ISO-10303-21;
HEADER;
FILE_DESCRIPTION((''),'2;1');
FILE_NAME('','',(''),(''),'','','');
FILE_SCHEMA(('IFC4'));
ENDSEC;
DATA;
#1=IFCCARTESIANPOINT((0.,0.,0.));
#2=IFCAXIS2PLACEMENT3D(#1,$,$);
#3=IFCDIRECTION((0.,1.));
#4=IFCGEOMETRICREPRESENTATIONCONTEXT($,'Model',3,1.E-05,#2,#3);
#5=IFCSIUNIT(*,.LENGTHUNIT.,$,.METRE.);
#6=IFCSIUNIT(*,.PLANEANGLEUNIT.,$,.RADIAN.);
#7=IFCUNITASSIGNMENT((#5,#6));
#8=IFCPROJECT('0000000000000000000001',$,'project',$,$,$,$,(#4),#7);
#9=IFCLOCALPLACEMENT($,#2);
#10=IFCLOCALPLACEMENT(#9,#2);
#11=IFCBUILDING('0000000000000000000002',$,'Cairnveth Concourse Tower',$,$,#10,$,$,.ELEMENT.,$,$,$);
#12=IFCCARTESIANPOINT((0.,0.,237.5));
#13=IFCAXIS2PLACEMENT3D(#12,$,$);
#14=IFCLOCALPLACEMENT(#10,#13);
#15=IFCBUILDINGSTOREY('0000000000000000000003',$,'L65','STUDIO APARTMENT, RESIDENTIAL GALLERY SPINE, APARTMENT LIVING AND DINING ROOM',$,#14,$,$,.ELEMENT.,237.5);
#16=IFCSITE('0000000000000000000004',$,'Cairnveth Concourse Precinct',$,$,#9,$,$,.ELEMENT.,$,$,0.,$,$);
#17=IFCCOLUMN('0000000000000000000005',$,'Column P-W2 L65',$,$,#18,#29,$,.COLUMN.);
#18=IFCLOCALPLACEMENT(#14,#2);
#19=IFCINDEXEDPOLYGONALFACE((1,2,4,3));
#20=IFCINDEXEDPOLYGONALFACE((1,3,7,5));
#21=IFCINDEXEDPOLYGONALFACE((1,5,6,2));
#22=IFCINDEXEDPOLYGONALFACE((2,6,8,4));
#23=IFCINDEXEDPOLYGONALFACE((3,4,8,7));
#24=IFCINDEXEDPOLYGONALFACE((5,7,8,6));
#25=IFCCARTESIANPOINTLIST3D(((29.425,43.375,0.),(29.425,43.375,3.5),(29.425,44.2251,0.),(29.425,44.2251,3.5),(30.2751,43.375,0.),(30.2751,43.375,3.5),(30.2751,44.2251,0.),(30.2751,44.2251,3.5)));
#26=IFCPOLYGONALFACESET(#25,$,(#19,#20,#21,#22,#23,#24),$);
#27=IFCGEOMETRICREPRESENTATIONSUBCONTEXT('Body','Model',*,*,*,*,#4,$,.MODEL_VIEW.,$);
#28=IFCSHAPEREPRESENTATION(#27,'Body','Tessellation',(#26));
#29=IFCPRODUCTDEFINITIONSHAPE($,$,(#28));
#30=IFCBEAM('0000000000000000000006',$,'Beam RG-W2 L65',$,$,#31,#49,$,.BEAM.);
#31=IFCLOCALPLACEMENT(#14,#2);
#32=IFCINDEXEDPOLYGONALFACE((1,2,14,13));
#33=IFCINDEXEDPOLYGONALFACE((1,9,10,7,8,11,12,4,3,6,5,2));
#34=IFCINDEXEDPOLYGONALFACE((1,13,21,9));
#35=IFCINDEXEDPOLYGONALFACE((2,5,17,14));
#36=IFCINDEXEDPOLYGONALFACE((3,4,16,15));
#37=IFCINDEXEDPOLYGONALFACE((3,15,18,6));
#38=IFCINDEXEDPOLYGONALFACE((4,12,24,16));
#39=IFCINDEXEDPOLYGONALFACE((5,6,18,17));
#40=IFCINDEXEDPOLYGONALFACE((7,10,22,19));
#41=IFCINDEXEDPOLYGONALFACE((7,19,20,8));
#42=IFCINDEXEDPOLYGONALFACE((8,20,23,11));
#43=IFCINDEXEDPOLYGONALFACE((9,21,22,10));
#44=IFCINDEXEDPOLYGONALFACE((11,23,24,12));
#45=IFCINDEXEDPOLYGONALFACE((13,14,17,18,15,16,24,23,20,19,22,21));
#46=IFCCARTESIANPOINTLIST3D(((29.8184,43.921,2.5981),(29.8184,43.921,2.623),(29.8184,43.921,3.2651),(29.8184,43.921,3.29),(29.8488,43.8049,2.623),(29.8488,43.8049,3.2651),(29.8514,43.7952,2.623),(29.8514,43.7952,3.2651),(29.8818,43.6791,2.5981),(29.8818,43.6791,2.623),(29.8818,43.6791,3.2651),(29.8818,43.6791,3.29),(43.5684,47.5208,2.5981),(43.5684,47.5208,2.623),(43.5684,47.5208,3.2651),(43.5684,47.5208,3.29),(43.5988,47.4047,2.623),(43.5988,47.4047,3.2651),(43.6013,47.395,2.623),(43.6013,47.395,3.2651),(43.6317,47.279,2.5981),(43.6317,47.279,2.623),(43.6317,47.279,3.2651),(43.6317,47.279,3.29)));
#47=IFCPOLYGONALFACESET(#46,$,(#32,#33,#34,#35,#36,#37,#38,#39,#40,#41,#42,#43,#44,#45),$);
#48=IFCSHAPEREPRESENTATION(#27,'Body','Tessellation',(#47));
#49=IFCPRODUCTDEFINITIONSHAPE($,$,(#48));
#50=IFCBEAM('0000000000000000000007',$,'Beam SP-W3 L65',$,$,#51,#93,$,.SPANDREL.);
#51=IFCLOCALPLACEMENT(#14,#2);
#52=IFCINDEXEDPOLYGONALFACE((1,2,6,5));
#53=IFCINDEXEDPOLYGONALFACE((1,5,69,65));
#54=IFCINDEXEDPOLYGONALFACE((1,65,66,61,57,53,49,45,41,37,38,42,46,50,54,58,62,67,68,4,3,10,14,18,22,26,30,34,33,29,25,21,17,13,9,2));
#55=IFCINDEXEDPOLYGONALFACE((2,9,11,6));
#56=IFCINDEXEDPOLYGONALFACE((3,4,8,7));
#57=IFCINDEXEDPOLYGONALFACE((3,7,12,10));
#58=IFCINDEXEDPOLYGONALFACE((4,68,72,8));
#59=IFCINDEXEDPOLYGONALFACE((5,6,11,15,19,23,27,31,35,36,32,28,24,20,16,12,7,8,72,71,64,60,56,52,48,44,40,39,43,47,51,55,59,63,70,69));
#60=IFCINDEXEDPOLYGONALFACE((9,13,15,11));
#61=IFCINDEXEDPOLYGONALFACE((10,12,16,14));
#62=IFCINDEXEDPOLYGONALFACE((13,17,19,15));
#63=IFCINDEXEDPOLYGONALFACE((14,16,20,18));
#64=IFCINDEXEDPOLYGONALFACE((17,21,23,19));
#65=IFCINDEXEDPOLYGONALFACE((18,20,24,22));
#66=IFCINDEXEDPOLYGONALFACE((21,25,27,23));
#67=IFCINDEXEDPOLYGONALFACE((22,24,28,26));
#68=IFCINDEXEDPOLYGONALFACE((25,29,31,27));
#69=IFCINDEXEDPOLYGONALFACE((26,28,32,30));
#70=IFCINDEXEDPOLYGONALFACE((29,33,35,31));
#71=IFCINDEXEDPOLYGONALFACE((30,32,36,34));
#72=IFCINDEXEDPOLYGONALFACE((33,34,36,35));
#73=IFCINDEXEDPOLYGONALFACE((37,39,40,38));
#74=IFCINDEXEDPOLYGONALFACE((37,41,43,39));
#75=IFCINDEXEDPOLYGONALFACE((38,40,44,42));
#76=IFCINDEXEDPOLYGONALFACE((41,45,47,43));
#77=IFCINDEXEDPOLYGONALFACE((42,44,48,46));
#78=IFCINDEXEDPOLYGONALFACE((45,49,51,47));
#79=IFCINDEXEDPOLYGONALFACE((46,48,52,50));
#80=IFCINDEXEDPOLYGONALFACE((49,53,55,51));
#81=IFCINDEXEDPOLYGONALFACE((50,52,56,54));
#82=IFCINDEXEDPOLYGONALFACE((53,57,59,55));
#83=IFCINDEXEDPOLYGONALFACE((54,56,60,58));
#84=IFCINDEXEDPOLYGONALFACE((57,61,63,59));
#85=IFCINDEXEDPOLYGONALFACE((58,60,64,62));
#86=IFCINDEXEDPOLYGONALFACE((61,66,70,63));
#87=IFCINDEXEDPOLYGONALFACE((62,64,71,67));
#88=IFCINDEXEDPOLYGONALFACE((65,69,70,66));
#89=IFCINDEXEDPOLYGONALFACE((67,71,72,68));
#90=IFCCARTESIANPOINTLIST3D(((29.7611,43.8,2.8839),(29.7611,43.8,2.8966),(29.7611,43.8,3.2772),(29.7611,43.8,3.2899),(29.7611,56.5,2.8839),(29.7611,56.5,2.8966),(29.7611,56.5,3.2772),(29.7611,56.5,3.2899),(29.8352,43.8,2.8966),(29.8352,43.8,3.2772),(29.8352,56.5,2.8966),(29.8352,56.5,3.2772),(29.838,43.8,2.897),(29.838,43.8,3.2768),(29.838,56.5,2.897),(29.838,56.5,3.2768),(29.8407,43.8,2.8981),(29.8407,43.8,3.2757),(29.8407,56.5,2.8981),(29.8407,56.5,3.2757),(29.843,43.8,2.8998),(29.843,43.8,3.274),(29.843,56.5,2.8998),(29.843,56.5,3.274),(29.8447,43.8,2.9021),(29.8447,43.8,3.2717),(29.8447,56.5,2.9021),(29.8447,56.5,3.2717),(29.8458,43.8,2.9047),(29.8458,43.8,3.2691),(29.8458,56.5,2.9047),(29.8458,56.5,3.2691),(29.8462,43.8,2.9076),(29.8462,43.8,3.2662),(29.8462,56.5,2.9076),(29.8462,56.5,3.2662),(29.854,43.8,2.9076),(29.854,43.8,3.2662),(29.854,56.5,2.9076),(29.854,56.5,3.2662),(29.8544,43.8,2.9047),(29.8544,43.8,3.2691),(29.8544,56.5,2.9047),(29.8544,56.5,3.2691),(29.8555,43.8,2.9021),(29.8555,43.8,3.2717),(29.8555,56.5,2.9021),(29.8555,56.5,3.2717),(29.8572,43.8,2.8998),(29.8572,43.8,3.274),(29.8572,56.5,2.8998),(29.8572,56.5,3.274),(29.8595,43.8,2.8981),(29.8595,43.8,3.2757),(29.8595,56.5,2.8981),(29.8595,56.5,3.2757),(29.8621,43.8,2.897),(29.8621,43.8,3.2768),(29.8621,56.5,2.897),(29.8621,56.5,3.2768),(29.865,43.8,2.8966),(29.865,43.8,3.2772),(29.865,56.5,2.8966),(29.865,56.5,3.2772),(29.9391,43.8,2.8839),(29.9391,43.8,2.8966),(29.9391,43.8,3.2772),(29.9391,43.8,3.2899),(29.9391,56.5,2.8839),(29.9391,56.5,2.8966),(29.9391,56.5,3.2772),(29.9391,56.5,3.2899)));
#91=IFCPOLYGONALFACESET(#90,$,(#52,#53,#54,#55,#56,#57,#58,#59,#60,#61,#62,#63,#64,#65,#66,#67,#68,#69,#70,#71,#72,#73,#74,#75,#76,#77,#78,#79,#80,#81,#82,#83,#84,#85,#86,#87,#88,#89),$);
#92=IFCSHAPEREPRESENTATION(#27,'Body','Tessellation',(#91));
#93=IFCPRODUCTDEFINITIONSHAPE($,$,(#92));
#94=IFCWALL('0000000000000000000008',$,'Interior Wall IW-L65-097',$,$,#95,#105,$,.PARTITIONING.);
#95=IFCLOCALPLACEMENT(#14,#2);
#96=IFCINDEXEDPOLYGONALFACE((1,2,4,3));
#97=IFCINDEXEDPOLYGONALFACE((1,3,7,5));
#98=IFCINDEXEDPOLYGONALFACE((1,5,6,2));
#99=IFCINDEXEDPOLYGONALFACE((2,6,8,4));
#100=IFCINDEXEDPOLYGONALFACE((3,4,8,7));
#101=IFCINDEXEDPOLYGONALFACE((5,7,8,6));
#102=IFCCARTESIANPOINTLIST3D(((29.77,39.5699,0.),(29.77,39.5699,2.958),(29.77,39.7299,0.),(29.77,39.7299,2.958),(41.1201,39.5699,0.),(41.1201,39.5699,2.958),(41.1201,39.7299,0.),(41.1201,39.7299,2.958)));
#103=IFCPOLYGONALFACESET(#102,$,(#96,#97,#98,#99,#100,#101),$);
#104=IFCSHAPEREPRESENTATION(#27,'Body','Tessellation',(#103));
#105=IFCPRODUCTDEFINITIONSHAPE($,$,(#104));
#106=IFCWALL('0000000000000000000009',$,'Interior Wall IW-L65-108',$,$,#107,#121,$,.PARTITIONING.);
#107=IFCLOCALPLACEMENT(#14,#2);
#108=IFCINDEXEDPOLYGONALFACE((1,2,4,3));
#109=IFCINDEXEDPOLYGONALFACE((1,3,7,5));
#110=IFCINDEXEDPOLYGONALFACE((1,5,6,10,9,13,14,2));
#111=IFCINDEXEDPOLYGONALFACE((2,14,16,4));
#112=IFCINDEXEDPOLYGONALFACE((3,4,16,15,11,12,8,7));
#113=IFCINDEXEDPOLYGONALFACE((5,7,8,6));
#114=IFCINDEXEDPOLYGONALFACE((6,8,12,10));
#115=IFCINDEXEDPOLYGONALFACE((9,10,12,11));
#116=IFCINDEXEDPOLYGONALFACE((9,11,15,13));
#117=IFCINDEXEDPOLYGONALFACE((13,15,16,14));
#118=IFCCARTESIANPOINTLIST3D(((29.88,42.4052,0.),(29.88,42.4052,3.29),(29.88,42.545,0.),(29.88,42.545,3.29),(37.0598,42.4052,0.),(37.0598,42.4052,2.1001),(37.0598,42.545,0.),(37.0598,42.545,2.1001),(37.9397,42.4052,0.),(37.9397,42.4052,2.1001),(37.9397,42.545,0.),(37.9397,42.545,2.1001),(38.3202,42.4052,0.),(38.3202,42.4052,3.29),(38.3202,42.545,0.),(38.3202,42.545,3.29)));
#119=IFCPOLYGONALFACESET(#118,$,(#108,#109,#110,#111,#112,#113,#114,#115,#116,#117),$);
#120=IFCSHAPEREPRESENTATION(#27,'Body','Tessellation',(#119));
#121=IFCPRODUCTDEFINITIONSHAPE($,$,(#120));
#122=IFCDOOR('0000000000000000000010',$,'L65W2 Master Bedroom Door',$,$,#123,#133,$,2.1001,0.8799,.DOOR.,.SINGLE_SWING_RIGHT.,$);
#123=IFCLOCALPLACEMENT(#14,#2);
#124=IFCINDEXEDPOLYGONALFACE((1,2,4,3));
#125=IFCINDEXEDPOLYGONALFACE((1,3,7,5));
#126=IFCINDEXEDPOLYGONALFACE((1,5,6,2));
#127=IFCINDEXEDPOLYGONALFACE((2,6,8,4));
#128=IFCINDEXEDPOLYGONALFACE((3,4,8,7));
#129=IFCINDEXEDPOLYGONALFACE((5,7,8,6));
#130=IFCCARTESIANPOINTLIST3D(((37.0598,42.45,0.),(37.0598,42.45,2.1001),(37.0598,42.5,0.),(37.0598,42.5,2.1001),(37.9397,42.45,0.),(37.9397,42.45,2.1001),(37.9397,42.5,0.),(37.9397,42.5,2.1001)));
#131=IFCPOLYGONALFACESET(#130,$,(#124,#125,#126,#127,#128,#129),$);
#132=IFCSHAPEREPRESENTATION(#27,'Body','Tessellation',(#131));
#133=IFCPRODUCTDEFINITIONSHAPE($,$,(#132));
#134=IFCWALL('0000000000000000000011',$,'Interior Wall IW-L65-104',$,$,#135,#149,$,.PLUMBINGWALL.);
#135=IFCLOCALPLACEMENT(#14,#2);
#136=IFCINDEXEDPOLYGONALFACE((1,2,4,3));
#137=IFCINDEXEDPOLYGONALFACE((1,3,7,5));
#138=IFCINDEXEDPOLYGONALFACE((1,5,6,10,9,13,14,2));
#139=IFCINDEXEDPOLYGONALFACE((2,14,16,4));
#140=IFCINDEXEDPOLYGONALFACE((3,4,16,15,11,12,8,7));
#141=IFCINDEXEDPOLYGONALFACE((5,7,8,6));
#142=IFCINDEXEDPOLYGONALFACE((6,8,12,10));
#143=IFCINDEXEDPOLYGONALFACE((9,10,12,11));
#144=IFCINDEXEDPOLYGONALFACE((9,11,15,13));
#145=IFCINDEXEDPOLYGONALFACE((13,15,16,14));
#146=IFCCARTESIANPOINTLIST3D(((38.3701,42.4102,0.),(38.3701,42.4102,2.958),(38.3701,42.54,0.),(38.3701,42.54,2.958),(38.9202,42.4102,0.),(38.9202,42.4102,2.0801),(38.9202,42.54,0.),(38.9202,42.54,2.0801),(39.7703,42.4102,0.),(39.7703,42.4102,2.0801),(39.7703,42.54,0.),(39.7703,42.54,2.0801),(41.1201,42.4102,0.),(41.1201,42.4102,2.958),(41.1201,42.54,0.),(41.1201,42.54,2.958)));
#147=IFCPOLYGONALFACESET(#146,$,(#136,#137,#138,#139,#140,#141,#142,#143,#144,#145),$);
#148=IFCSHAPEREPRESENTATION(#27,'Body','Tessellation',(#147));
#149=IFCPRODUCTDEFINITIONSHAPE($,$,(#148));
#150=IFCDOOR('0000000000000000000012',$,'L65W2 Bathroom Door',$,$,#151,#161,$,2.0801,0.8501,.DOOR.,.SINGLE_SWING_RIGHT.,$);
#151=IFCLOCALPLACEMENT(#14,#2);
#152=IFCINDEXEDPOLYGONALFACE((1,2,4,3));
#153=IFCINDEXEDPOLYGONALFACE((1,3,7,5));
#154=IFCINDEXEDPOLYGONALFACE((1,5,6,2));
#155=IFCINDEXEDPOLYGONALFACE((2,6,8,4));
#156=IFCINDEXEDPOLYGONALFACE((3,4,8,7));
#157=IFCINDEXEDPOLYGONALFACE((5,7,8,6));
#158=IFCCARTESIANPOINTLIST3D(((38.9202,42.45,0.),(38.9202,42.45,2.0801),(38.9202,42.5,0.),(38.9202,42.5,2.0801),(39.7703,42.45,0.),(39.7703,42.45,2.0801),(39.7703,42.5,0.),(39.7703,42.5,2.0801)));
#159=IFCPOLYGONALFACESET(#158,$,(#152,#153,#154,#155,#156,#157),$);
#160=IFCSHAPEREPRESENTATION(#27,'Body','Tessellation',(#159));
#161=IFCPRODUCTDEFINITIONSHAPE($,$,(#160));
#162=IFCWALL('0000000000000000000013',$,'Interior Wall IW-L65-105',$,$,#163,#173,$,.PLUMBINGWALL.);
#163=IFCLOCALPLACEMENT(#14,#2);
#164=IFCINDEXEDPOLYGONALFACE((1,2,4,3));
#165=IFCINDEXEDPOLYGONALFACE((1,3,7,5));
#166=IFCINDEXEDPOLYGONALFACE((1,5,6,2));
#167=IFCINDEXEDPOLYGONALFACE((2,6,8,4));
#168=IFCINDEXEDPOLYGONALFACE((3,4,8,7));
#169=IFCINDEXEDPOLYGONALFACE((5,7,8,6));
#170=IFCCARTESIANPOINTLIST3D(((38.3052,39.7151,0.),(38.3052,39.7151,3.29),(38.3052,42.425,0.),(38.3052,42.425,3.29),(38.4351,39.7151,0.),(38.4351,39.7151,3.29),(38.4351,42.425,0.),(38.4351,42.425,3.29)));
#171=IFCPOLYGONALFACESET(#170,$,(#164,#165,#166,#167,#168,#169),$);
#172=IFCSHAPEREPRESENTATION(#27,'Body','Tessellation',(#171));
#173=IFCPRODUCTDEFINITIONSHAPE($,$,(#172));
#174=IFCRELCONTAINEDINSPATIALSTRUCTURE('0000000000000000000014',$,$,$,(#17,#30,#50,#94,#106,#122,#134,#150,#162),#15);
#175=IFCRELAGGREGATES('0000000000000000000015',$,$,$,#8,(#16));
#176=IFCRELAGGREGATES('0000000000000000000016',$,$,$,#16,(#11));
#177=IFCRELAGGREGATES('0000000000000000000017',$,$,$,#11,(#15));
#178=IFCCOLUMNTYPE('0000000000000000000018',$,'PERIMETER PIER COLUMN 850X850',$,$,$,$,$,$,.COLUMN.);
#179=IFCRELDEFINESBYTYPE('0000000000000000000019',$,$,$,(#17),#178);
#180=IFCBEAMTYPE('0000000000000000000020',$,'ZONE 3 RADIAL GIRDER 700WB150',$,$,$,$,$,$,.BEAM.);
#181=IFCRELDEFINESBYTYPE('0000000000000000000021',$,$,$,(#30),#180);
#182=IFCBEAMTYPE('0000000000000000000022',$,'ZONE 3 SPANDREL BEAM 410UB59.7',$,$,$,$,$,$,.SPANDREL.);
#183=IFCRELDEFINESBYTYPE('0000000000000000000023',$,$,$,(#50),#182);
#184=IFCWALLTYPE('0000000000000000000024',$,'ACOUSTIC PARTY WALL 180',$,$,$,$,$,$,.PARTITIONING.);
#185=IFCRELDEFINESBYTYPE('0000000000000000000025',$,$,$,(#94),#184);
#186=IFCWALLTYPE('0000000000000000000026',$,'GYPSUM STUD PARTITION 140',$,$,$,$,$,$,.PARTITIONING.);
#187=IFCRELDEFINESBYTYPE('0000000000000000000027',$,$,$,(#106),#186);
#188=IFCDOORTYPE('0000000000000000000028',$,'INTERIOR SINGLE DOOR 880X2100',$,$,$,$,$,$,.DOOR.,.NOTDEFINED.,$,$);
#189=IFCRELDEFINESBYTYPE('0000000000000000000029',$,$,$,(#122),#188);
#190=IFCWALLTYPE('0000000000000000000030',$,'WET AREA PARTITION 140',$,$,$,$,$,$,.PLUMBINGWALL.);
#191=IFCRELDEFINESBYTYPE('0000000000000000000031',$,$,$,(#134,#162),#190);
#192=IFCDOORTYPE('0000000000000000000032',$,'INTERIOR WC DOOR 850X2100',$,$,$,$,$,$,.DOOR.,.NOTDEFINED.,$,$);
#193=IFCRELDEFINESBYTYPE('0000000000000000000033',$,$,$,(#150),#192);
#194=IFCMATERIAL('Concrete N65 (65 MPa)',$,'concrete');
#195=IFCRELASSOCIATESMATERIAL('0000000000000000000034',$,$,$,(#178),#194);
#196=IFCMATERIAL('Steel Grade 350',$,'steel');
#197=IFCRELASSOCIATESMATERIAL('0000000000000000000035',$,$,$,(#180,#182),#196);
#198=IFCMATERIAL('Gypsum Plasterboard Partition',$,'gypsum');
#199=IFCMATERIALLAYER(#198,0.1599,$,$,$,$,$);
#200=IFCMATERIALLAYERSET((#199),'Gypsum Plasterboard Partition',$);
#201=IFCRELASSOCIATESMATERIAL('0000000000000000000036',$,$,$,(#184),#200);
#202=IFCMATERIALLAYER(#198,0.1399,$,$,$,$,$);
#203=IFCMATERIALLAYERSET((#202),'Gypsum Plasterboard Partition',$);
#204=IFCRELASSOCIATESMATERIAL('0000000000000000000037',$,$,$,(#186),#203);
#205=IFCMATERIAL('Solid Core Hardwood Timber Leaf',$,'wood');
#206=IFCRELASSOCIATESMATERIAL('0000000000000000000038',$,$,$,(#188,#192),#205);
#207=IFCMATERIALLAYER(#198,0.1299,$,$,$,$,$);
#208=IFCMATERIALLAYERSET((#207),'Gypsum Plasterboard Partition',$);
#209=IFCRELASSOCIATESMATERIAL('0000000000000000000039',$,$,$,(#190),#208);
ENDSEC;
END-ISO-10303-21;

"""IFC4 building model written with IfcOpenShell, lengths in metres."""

from ifc_helpers import new_model, si_unit, direction, frame, frame_2d, origin, origin_2d, place, context, subcontext, project, spatial, rectangle, i_section, extrude, material, layer, layer_set, material_profile, profile_set, type_object, element, fill, save


model = new_model("IFC4")

# Units and contexts
model_context = context("Model", 3, precision=1e-05, world=origin(), true_north=direction((0.0, 1.0)))
body_context = subcontext(model_context, "Body", "Model", "MODEL_VIEW")
ifc_project = project(units=[si_unit("LENGTHUNIT", "METRE"), si_unit("PLANEANGLEUNIT", "RADIAN")], contexts=[model_context])

# Site, building, storey
site_placement = place(None, origin())
site = spatial("IfcSite", under=ifc_project, at=site_placement, Name="Cairnveth Concourse Precinct", CompositionType="ELEMENT", RefElevation=0.0)
building_placement = place(site_placement, origin())
building = spatial("IfcBuilding", under=site, at=building_placement, Name="Cairnveth Concourse Tower", CompositionType="ELEMENT")
storey_placement = place(building_placement, frame((0.0, 0.0, 237.5)))
storey = spatial("IfcBuildingStorey", under=building, at=storey_placement, Name="L65", Description="STUDIO APARTMENT, RESIDENTIAL GALLERY SPINE, APARTMENT LIVING AND DINING ROOM", CompositionType="ELEMENT", Elevation=237.5)

# Column
ifc_material_1 = material(Name="Concrete N65 (65 MPa)", Category="concrete")
ifc_material_profile_1 = material_profile(ifc_material_1, rectangle(XDim=0.8501, YDim=0.8501, at=origin_2d()), Name="RC-COL-850x850")
ifc_profile_set_1 = profile_set([ifc_material_profile_1], Name="Concrete N65 (65 MPa)")
column_type = type_object("IfcColumnType", Name="PERIMETER PIER COLUMN 850X850", PredefinedType="COLUMN", material=ifc_profile_set_1)
column_placement = place(storey_placement, frame((29.8501, 43.8, 0.0), z_axis=(0.0, 0.0, 1.0), x_axis=(0.0, 1.0, 0.0)))
element("IfcColumn", 1, at=column_placement, inside=storey, type_object=column_type, Name="Column P-W2 L65", PredefinedType="COLUMN", context=body_context, shape_type="SweptSolid", body=[
    extrude(rectangle(XDim=0.8501, YDim=0.8501, at=origin_2d()), origin(), (0.0, 0.0, 1.0), 3.5),
])

# Beams
ifc_material_2 = material(Name="Steel Grade 350", Category="steel")
ifc_material_profile_2 = material_profile(ifc_material_2, i_section(OverallWidth=0.25, OverallDepth=0.6919, WebThickness=0.01, FlangeThickness=0.0249, at=origin_2d()), Name="700WB150")
ifc_profile_set_2 = profile_set([ifc_material_profile_2], Name="Steel Grade 350")
beam_type_1 = type_object("IfcBeamType", Name="ZONE 3 RADIAL GIRDER 700WB150", PredefinedType="BEAM", material=ifc_profile_set_2)
beam_1_placement = place(storey_placement, frame((29.8501, 43.8, 2.9441), z_axis=(0.967395, 0.253271, 0.0), x_axis=(-0.253271, 0.967395, 0.0)))
element("IfcBeam", 2, at=beam_1_placement, inside=storey, type_object=beam_type_1, Name="Beam RG-W2 L65", PredefinedType="BEAM", context=body_context, shape_type="SweptSolid", body=[
    extrude(i_section(OverallWidth=0.25, OverallDepth=0.6919, WebThickness=0.01, FlangeThickness=0.0249, at=origin_2d()), origin(), (0.0, 0.0, 1.0), 14.2134),
])
ifc_material_profile_3 = material_profile(ifc_material_2, i_section(OverallWidth=0.178, OverallDepth=0.406, WebThickness=0.0078, FlangeThickness=0.0127, FilletRadius=0.011, at=origin_2d()), Name="410UB59.7")
ifc_profile_set_3 = profile_set([ifc_material_profile_3], Name="Steel Grade 350")
beam_type_2 = type_object("IfcBeamType", Name="ZONE 3 SPANDREL BEAM 410UB59.7", PredefinedType="SPANDREL", material=ifc_profile_set_3)
beam_2_placement = place(storey_placement, frame((29.8501, 43.8, 3.0869), z_axis=(0.0, 1.0, 0.0), x_axis=(-1.0, 0.0, 0.0)))
element("IfcBeam", 3, at=beam_2_placement, inside=storey, type_object=beam_type_2, Name="Beam SP-W3 L65", PredefinedType="SPANDREL", context=body_context, shape_type="SweptSolid", body=[
    extrude(i_section(OverallWidth=0.178, OverallDepth=0.406, WebThickness=0.0078, FlangeThickness=0.0127, FilletRadius=0.011, at=origin_2d()), origin(), (0.0, 0.0, 1.0), 12.7),
])

# Wall
ifc_material_3 = material(Name="Gypsum Plasterboard Partition", Category="gypsum")
ifc_layer_1 = layer(ifc_material_3, 0.1599)
ifc_layer_set_1 = layer_set([ifc_layer_1], Name="Gypsum Plasterboard Partition")
wall_type_1 = type_object("IfcWallType", Name="ACOUSTIC PARTY WALL 180", PredefinedType="PARTITIONING", material=ifc_layer_set_1)
wall_1_placement = place(storey_placement, frame((29.77, 39.6499, 0.0), z_axis=(0.0, 0.0, 1.0), x_axis=(1.0, 0.0, 0.0)))
element("IfcWall", 4, at=wall_1_placement, inside=storey, type_object=wall_type_1, Name="Interior Wall IW-L65-097", PredefinedType="PARTITIONING", context=body_context, shape_type="SweptSolid", body=[
    extrude(rectangle(XDim=11.3501, YDim=0.1599, at=frame_2d((5.675, 0.0))), origin(), (0.0, 0.0, 1.0), 2.958),
])

# Walls, openings, doors
ifc_layer_2 = layer(ifc_material_3, 0.1399)
ifc_layer_set_2 = layer_set([ifc_layer_2], Name="Gypsum Plasterboard Partition")
wall_type_2 = type_object("IfcWallType", Name="GYPSUM STUD PARTITION 140", PredefinedType="PARTITIONING", material=ifc_layer_set_2)
wall_2_placement = place(storey_placement, frame((29.8799, 42.4751, 0.0), z_axis=(0.0, 0.0, 1.0), x_axis=(1.0, 0.0, 0.0)))
wall_2 = element("IfcWall", 5, at=wall_2_placement, inside=storey, type_object=wall_type_2, Name="Interior Wall IW-L65-108", PredefinedType="PARTITIONING", context=body_context, shape_type="SweptSolid", body=[
    extrude(rectangle(XDim=8.4402, YDim=0.1399, at=frame_2d((4.2202, 0.0))), origin(), (0.0, 0.0, 1.0), 3.29),
])
opening_1_placement = place(wall_2_placement, frame((7.1799, 0.0, 0.0)))
opening_1 = element("IfcOpeningElement", 6, at=opening_1_placement, cuts=wall_2, PredefinedType="OPENING", context=body_context, shape_type="SweptSolid", body=[
    extrude(rectangle(XDim=0.8799, YDim=2.1001, at=frame_2d((0.4399, 1.05))), frame((0.0, 0.0798, 0.0), z_axis=(0.0, -1.0, 0.0), x_axis=(1.0, 0.0, 0.0)), (0.0, 0.0, 1.0), 0.1599),
])
ifc_material_4 = material(Name="Solid Core Hardwood Timber Leaf", Category="wood")
door_type_1 = type_object("IfcDoorType", Name="INTERIOR SINGLE DOOR 880X2100", OperationType="NOTDEFINED", PredefinedType="DOOR", material=ifc_material_4)
door_1_placement = place(opening_1_placement, origin())
door_1 = element("IfcDoor", 7, at=door_1_placement, inside=storey, type_object=door_type_1, Name="L65W2 Master Bedroom Door", OperationType="SINGLE_SWING_RIGHT", OverallHeight=2.1001, OverallWidth=0.8799, PredefinedType="DOOR", context=body_context, shape_type="SweptSolid", body=[
    extrude(rectangle(XDim=0.8799, YDim=2.1001, at=frame_2d((0.4399, 1.05))), frame((0.0, 0.0249, 0.0), z_axis=(0.0, -1.0, 0.0), x_axis=(1.0, 0.0, 0.0)), (0.0, 0.0, 1.0), 0.05),
])
fill(opening_1, door_1)
ifc_layer_3 = layer(ifc_material_3, 0.1299)
ifc_layer_set_3 = layer_set([ifc_layer_3], Name="Gypsum Plasterboard Partition")
wall_type_3 = type_object("IfcWallType", Name="WET AREA PARTITION 140", PredefinedType="PLUMBINGWALL", material=ifc_layer_set_3)
wall_3_placement = place(storey_placement, frame((38.3701, 42.4751, 0.0), z_axis=(0.0, 0.0, 1.0), x_axis=(1.0, 0.0, 0.0)))
wall_3 = element("IfcWall", 8, at=wall_3_placement, inside=storey, type_object=wall_type_3, Name="Interior Wall IW-L65-104", PredefinedType="PLUMBINGWALL", context=body_context, shape_type="SweptSolid", body=[
    extrude(rectangle(XDim=2.75, YDim=0.1299, at=frame_2d((1.375, 0.0))), origin(), (0.0, 0.0, 1.0), 2.958),
])
opening_2_placement = place(wall_3_placement, frame((0.55, 0.0, 0.0)))
opening_2 = element("IfcOpeningElement", 9, at=opening_2_placement, cuts=wall_3, PredefinedType="OPENING", context=body_context, shape_type="SweptSolid", body=[
    extrude(rectangle(XDim=0.8501, YDim=2.0801, at=frame_2d((0.425, 1.04))), frame((0.0, 0.075, 0.0), z_axis=(0.0, -1.0, 0.0), x_axis=(1.0, 0.0, 0.0)), (0.0, 0.0, 1.0), 0.1499),
])
door_type_2 = type_object("IfcDoorType", Name="INTERIOR WC DOOR 850X2100", OperationType="NOTDEFINED", PredefinedType="DOOR", material=ifc_material_4)
door_2_placement = place(opening_2_placement, origin())
door_2 = element("IfcDoor", 10, at=door_2_placement, inside=storey, type_object=door_type_2, Name="L65W2 Bathroom Door", OperationType="SINGLE_SWING_RIGHT", OverallHeight=2.0801, OverallWidth=0.8501, PredefinedType="DOOR", context=body_context, shape_type="SweptSolid", body=[
    extrude(rectangle(XDim=0.8501, YDim=2.0801, at=frame_2d((0.425, 1.04))), frame((0.0, 0.0249, 0.0), z_axis=(0.0, -1.0, 0.0), x_axis=(1.0, 0.0, 0.0)), (0.0, 0.0, 1.0), 0.05),
])
fill(opening_2, door_2)

# Wall
wall_4_placement = place(storey_placement, frame((38.3701, 39.7151, 0.0), z_axis=(0.0, 0.0, 1.0), x_axis=(0.0, 1.0, 0.0)))
element("IfcWall", 11, at=wall_4_placement, inside=storey, type_object=wall_type_3, Name="Interior Wall IW-L65-105", PredefinedType="PLUMBINGWALL", context=body_context, shape_type="SweptSolid", body=[
    extrude(rectangle(XDim=2.71, YDim=0.1299, at=frame_2d((1.355, 0.0))), origin(), (0.0, 0.0, 1.0), 3.29),
])

save(model, "model.ifc")
